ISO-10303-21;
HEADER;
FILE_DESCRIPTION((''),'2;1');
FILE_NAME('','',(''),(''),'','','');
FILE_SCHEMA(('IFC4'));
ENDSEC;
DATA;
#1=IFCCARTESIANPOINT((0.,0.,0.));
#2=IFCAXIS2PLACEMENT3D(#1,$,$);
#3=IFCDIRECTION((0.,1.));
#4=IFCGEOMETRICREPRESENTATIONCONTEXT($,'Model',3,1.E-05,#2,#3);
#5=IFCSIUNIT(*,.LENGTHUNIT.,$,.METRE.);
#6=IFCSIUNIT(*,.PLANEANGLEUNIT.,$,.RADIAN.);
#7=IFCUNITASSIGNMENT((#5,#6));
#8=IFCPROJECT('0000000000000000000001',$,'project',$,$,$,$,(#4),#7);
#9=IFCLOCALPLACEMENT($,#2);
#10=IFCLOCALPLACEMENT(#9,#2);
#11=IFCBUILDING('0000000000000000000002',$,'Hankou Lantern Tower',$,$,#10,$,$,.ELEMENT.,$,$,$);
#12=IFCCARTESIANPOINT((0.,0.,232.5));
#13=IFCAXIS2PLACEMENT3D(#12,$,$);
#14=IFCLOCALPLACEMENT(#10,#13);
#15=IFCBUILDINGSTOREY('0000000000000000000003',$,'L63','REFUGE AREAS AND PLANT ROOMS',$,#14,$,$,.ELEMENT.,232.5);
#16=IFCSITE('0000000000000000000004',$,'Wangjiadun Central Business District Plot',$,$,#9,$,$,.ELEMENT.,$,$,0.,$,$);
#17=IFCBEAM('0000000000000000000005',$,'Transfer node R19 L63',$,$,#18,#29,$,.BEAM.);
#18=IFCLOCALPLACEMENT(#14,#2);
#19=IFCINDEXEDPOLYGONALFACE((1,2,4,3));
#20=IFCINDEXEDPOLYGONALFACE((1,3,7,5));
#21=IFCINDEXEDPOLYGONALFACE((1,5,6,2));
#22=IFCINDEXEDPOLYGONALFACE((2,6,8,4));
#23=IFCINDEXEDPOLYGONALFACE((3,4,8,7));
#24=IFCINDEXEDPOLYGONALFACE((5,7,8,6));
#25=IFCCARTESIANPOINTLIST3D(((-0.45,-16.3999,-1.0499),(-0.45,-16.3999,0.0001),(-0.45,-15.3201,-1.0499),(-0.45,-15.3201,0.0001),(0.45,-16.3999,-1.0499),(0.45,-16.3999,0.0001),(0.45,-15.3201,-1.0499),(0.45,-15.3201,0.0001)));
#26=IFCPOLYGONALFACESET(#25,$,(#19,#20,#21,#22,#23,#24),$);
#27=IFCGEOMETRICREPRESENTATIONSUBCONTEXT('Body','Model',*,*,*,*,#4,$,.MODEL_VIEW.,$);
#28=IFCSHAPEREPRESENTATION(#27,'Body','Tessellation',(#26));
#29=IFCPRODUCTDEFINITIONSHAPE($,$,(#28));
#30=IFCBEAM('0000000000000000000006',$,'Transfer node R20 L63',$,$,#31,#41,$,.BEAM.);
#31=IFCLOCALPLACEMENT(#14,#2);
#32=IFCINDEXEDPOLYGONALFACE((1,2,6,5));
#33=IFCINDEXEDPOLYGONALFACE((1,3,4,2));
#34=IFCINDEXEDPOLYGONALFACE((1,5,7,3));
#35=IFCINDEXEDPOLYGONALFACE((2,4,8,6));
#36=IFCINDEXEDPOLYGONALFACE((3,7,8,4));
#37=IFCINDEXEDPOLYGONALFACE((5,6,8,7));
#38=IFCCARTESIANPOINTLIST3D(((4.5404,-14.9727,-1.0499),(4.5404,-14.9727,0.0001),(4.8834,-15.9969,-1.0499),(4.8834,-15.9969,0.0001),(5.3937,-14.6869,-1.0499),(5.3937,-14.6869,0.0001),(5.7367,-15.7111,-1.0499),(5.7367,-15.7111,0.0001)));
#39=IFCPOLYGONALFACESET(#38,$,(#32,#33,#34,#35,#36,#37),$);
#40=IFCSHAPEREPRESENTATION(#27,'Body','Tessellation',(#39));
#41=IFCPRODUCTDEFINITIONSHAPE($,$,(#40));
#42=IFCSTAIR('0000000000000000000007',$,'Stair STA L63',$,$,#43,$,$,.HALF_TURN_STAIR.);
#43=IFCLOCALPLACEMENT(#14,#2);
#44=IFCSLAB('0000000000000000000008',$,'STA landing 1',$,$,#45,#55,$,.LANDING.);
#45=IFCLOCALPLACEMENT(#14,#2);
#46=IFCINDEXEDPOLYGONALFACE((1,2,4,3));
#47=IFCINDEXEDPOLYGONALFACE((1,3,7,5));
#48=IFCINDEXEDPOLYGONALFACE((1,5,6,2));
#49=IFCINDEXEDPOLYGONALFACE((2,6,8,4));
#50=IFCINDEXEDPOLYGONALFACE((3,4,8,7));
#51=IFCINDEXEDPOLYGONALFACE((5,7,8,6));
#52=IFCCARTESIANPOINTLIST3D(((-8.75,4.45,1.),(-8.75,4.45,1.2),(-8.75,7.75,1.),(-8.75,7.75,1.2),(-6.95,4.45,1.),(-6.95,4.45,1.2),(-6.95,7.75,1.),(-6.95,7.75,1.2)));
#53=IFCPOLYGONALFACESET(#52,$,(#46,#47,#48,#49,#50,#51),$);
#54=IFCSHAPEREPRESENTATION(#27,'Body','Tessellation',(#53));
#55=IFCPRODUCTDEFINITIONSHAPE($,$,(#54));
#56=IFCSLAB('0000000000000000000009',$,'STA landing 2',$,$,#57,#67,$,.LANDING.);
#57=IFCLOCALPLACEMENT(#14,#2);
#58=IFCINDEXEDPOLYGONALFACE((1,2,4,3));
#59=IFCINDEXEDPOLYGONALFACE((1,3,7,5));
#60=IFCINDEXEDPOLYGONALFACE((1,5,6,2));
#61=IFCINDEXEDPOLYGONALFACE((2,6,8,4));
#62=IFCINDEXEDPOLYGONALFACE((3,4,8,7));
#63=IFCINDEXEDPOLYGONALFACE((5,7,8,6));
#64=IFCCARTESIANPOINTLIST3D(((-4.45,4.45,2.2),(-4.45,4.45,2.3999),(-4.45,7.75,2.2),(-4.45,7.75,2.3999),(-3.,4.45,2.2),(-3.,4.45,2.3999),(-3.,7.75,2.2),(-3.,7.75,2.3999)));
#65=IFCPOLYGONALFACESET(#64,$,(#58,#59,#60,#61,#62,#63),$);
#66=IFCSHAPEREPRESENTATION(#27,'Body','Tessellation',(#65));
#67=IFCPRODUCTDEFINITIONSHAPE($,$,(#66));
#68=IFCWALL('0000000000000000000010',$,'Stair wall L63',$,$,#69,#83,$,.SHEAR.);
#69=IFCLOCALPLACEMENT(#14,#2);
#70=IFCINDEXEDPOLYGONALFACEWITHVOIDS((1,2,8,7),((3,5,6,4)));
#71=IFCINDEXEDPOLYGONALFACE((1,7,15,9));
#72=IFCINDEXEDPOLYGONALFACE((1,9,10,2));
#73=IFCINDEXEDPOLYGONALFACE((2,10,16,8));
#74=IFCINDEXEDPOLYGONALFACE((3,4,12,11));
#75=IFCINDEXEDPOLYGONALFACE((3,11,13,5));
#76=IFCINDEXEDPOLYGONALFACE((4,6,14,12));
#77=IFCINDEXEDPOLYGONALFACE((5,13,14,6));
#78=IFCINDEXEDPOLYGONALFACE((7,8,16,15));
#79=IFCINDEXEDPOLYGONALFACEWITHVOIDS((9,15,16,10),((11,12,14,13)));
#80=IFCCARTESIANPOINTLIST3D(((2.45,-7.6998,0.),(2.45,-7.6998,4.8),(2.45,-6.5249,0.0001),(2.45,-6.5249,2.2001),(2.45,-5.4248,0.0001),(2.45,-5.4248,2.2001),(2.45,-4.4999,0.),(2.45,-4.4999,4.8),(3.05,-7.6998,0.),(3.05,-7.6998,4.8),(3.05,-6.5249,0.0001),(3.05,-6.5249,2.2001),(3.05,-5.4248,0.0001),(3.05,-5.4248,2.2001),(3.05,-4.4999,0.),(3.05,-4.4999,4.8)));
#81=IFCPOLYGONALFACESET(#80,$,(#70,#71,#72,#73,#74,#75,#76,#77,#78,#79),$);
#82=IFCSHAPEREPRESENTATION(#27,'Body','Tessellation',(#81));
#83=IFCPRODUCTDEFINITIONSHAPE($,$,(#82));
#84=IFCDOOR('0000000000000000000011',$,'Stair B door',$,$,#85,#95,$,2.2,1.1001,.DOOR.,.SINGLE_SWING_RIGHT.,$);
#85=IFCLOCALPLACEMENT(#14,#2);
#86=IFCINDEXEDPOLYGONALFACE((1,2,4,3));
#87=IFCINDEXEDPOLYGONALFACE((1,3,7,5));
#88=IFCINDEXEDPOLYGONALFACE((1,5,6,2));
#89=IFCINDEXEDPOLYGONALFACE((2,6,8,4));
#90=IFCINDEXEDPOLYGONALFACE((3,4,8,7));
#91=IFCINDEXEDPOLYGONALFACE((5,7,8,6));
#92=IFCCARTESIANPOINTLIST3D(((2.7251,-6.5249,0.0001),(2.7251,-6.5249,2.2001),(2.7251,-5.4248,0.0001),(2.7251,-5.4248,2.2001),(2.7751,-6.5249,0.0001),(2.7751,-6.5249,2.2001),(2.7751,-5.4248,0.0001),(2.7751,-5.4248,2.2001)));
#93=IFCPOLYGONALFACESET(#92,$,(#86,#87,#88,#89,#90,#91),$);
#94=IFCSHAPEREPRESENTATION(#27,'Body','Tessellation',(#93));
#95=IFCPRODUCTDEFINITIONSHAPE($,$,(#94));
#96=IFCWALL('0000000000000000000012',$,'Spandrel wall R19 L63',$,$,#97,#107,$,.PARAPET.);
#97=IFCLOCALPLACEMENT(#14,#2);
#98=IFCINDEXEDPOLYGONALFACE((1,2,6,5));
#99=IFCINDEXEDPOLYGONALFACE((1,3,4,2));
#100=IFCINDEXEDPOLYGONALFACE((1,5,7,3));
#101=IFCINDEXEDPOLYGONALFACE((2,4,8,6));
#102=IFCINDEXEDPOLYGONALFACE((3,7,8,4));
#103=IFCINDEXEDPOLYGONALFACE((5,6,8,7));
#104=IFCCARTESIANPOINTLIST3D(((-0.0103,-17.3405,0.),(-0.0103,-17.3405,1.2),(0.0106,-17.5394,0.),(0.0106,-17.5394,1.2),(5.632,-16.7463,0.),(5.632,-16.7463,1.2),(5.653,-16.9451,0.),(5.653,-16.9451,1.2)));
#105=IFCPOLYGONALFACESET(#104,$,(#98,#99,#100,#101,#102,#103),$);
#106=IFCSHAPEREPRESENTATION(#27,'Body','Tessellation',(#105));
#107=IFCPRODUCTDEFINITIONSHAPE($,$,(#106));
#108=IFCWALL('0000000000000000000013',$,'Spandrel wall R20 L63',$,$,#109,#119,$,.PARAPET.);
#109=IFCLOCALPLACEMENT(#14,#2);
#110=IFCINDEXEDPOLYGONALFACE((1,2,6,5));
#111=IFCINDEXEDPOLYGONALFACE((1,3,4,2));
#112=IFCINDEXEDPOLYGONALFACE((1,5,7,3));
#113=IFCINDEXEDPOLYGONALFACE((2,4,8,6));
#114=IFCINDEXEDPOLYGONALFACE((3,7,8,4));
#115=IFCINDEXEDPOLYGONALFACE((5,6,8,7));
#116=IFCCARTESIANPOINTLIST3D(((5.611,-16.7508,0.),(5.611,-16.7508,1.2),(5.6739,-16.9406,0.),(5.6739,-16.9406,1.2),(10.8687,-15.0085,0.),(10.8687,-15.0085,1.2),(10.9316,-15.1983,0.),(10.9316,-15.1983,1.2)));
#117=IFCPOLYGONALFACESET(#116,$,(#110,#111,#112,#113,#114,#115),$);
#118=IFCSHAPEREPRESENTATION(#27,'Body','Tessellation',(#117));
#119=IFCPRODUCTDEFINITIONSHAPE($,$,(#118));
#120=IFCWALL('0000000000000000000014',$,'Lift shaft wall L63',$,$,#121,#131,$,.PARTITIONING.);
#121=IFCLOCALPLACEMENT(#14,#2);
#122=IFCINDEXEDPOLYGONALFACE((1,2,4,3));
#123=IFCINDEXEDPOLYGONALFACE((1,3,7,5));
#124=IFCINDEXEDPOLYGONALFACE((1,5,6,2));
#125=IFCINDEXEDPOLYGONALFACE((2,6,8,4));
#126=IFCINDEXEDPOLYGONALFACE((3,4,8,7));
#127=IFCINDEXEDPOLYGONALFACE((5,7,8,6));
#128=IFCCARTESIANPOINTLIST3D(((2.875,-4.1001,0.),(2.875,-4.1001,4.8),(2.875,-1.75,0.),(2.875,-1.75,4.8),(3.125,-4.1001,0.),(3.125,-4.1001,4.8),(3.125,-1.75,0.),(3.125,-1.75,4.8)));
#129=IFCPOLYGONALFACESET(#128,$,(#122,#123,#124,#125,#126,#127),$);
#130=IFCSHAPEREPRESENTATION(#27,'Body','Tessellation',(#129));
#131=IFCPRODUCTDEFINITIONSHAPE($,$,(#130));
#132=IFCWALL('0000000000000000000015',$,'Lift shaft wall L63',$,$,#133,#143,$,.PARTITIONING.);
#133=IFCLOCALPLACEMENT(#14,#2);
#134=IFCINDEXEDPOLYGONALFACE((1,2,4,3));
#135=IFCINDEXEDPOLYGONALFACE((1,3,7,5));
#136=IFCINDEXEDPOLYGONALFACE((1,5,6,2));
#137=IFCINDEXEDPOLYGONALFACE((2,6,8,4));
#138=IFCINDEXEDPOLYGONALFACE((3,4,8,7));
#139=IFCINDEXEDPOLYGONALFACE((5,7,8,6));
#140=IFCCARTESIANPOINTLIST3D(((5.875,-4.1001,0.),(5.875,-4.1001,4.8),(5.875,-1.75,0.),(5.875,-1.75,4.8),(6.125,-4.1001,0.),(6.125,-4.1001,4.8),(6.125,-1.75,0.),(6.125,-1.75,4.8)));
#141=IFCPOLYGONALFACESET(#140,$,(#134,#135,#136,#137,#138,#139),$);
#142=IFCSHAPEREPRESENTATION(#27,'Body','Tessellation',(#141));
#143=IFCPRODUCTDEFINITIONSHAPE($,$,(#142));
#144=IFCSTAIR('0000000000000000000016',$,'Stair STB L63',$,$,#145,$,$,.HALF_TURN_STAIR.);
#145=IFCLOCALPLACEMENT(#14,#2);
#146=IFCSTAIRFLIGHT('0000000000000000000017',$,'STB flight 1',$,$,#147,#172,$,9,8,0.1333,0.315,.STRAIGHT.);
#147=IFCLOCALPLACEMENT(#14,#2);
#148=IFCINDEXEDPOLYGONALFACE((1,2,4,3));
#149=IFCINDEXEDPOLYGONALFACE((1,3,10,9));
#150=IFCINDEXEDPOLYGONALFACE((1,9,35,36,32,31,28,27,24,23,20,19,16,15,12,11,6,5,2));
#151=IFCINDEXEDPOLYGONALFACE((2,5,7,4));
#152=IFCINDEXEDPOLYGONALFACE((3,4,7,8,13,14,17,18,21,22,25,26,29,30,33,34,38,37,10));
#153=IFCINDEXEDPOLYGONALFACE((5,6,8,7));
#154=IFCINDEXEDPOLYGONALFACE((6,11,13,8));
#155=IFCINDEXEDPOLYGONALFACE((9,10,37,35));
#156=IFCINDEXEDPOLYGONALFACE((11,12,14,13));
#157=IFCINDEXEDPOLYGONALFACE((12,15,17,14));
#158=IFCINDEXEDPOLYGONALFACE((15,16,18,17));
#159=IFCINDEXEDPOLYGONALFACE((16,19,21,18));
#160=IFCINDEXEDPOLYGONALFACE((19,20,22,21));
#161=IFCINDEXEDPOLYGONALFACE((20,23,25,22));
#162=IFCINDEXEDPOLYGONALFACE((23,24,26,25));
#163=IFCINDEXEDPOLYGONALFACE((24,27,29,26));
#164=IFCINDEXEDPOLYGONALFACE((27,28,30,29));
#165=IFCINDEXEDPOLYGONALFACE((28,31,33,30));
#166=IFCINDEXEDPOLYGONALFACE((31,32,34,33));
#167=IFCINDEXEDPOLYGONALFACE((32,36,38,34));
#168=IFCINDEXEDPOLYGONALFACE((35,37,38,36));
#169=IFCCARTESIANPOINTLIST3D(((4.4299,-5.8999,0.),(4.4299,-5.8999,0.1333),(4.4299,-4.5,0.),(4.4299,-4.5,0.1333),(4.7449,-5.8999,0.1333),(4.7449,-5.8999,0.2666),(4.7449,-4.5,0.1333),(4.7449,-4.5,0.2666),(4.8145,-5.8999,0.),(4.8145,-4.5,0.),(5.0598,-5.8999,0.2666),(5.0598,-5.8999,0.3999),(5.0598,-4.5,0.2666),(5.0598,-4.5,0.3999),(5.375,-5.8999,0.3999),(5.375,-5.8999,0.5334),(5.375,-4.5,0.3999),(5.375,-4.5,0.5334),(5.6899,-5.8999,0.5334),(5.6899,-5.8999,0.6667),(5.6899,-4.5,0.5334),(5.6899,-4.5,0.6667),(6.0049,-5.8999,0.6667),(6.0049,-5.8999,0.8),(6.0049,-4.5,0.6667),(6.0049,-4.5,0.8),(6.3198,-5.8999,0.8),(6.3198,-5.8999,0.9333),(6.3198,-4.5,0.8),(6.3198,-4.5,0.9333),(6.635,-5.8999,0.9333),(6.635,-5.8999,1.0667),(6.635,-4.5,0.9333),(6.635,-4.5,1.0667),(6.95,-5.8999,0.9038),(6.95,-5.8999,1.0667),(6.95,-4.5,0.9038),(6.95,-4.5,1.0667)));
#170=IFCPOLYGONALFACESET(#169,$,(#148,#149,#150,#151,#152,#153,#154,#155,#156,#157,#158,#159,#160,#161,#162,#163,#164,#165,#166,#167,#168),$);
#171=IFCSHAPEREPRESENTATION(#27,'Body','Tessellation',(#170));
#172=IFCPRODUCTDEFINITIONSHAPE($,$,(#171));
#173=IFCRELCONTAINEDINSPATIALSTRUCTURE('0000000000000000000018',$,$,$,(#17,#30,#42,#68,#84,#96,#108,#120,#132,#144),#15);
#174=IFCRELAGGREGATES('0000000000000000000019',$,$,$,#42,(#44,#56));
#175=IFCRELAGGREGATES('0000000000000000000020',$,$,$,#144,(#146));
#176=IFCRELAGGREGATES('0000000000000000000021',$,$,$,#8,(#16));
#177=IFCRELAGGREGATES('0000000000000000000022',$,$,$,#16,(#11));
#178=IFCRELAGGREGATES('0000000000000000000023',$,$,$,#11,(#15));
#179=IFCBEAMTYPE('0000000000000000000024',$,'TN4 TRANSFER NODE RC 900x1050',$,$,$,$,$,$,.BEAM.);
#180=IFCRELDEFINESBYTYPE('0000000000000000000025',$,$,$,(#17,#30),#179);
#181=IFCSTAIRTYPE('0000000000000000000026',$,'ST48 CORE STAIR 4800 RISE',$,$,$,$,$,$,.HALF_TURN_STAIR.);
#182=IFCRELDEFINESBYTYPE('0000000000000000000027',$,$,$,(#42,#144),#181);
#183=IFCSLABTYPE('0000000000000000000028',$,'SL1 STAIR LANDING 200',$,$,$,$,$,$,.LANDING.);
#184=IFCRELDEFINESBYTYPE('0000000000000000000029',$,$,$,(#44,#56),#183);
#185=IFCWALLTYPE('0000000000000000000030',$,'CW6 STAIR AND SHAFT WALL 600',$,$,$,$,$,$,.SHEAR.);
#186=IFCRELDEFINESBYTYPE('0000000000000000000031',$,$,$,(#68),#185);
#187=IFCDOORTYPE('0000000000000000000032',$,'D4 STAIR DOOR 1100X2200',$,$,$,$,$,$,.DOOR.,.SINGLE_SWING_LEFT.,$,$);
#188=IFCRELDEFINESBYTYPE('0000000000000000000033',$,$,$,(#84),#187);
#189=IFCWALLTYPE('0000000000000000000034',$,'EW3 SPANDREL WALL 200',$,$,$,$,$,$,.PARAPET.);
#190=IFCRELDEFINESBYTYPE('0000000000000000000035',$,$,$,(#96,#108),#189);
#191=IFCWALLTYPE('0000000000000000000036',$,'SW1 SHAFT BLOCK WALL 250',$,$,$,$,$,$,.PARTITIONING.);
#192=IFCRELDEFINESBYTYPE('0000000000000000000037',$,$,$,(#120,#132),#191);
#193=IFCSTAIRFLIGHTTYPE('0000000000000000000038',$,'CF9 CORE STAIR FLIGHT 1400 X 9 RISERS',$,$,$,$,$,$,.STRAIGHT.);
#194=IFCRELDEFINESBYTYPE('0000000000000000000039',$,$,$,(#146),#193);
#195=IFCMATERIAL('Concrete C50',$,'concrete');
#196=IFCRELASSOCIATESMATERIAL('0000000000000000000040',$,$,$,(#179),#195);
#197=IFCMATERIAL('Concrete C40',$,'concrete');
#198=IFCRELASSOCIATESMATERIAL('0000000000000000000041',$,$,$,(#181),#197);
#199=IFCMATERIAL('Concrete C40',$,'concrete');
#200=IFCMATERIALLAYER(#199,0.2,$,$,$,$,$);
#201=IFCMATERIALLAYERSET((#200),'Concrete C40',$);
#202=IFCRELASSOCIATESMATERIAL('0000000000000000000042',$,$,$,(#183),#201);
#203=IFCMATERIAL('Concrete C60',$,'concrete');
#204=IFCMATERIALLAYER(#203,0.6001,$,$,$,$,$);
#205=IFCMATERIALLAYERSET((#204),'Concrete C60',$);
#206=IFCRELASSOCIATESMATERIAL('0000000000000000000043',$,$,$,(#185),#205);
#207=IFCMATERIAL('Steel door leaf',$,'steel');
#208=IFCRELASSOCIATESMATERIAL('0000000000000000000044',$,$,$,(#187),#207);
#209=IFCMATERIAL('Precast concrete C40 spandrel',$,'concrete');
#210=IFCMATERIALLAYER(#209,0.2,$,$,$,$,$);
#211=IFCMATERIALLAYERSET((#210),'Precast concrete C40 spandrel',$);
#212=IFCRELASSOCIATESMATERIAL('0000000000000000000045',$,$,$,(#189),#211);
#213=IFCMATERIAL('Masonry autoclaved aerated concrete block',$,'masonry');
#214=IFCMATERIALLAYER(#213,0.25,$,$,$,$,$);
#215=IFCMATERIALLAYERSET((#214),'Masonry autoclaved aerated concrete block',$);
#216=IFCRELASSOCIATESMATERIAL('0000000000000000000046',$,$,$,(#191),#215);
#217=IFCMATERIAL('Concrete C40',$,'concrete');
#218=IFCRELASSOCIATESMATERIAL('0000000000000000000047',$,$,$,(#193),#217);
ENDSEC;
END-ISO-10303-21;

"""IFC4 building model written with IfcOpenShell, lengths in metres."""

from ifc_helpers import new_model, si_unit, direction, frame, frame_2d, origin, origin_2d, place, context, subcontext, project, spatial, polyline, rectangle, outline, extrude, material, layer, layer_set, material_profile, profile_set, type_object, element, fill, aggregate, save


model = new_model("IFC4")

# Units and contexts
model_context = context("Model", 3, precision=1e-05, world=origin(), true_north=direction((0.0, 1.0)))
body_context = subcontext(model_context, "Body", "Model", "MODEL_VIEW")
ifc_project = project(units=[si_unit("LENGTHUNIT", "METRE"), si_unit("PLANEANGLEUNIT", "RADIAN")], contexts=[model_context])

# Site, building, storey
site_placement = place(None, origin())
site = spatial("IfcSite", under=ifc_project, at=site_placement, Name="Wangjiadun Central Business District Plot", CompositionType="ELEMENT", RefElevation=0.0)
building_placement = place(site_placement, origin())
building = spatial("IfcBuilding", under=site, at=building_placement, Name="Hankou Lantern Tower", CompositionType="ELEMENT")
storey_placement = place(building_placement, frame((0.0, 0.0, 232.5)))
storey = spatial("IfcBuildingStorey", under=building, at=storey_placement, Name="L63", Description="REFUGE AREAS AND PLANT ROOMS", CompositionType="ELEMENT", Elevation=232.5)

# Beams
ifc_material_1 = material(Name="Concrete C50", Category="concrete")
ifc_material_profile_1 = material_profile(ifc_material_1, rectangle(XDim=0.8999, YDim=1.05, at=origin_2d()), Name="RC 900x1050")
ifc_profile_set_1 = profile_set([ifc_material_profile_1], Name="Concrete C50")
beam_type_1 = type_object("IfcBeamType", Name="TN4 TRANSFER NODE RC 900x1050", PredefinedType="BEAM", material=ifc_profile_set_1)
beam_1_placement = place(storey_placement, frame((0.0, -16.3999, -0.5249), z_axis=(0.0, 1.0, 0.0), x_axis=(-1.0, 0.0, 0.0)))
element("IfcBeam", 1, at=beam_1_placement, inside=storey, type_object=beam_type_1, Name="Transfer node R19 L63", PredefinedType="BEAM", context=body_context, shape_type="SweptSolid", body=[
    extrude(rectangle(XDim=0.8999, YDim=1.05, at=origin_2d()), origin(), (0.0, 0.0, 1.0), 1.0798),
])
beam_2_placement = place(storey_placement, frame((5.3101, -15.854, -0.5249), z_axis=(-0.317584, 0.94823, 0.0), x_axis=(-0.94823, -0.317584, 0.0)))
element("IfcBeam", 2, at=beam_2_placement, inside=storey, type_object=beam_type_1, Name="Transfer node R20 L63", PredefinedType="BEAM", context=body_context, shape_type="SweptSolid", body=[
    extrude(rectangle(XDim=0.8999, YDim=1.05, at=origin_2d()), origin(), (0.0, 0.0, 1.0), 1.0801),
])

# Stair, slabs
ifc_material_2 = material(Name="Concrete C40", Category="concrete")
stair_type = type_object("IfcStairType", Name="ST48 CORE STAIR 4800 RISE", PredefinedType="HALF_TURN_STAIR", material=ifc_material_2)
stair_1_placement = place(storey_placement, origin())
stair_1 = element("IfcStair", 3, at=stair_1_placement, inside=storey, type_object=stair_type, Name="Stair STA L63", PredefinedType="HALF_TURN_STAIR")
ifc_material_3 = material(Name="Concrete C40", Category="concrete")
ifc_layer_1 = layer(ifc_material_3, 0.2)
ifc_layer_set_1 = layer_set([ifc_layer_1], Name="Concrete C40")
slab_type = type_object("IfcSlabType", Name="SL1 STAIR LANDING 200", PredefinedType="LANDING", material=ifc_layer_set_1)
slab_1_placement = place(storey_placement, frame((0.0, 0.0, 1.0)))
slab_1 = element("IfcSlab", 4, at=slab_1_placement, type_object=slab_type, Name="STA landing 1", PredefinedType="LANDING", context=body_context, shape_type="SweptSolid", body=[
    extrude(outline(polyline([(-8.75, 4.45), (-6.95, 4.45), (-6.95, 7.75), (-8.75, 7.75), (-8.75, 4.45)])), origin(), (0.0, 0.0, 1.0), 0.2),
])
slab_2_placement = place(storey_placement, frame((0.0, 0.0, 2.2)))
slab_2 = element("IfcSlab", 5, at=slab_2_placement, type_object=slab_type, Name="STA landing 2", PredefinedType="LANDING", context=body_context, shape_type="SweptSolid", body=[
    extrude(outline(polyline([(-4.45, 4.45), (-3.0, 4.45), (-3.0, 7.75), (-4.45, 7.75), (-4.45, 4.45)])), origin(), (0.0, 0.0, 1.0), 0.2),
])
aggregate(stair_1, [slab_1, slab_2])

# Wall, opening, door
ifc_material_4 = material(Name="Concrete C60", Category="concrete")
ifc_layer_2 = layer(ifc_material_4, 0.6001)
ifc_layer_set_2 = layer_set([ifc_layer_2], Name="Concrete C60")
wall_type_1 = type_object("IfcWallType", Name="CW6 STAIR AND SHAFT WALL 600", PredefinedType="SHEAR", material=ifc_layer_set_2)
wall_1_placement = place(storey_placement, frame((2.75, -7.7, 0.0), z_axis=(0.0, 0.0, 1.0), x_axis=(0.0, 1.0, 0.0)))
wall_1 = element("IfcWall", 6, at=wall_1_placement, inside=storey, type_object=wall_type_1, Name="Stair wall L63", PredefinedType="SHEAR", context=body_context, shape_type="SweptSolid", body=[
    extrude(rectangle(XDim=3.2, YDim=0.6001, at=frame_2d((1.6001, 0.0))), origin(), (0.0, 0.0, 1.0), 4.8),
])
opening_placement = place(wall_1_placement, frame((1.175, 0.0, 0.0)))
opening = element("IfcOpeningElement", 7, at=opening_placement, cuts=wall_1, PredefinedType="OPENING", context=body_context, shape_type="SweptSolid", body=[
    extrude(rectangle(XDim=1.1001, YDim=2.2, at=frame_2d((0.55, 1.1001))), frame((0.0, 0.3101, 0.0), z_axis=(0.0, -1.0, 0.0), x_axis=(1.0, 0.0, 0.0)), (0.0, 0.0, 1.0), 0.6201),
])
ifc_material_5 = material(Name="Steel door leaf", Category="steel")
door_type = type_object("IfcDoorType", Name="D4 STAIR DOOR 1100X2200", OperationType="SINGLE_SWING_LEFT", PredefinedType="DOOR", material=ifc_material_5)
door_placement = place(opening_placement, origin())
door = element("IfcDoor", 8, at=door_placement, inside=storey, type_object=door_type, Name="Stair B door", OperationType="SINGLE_SWING_RIGHT", OverallHeight=2.2, OverallWidth=1.1001, PredefinedType="DOOR", context=body_context, shape_type="SweptSolid", body=[
    extrude(rectangle(XDim=1.1001, YDim=2.2, at=frame_2d((0.55, 1.1001))), frame((0.0, 0.0249, 0.0), z_axis=(0.0, -1.0, 0.0), x_axis=(1.0, 0.0, 0.0)), (0.0, 0.0, 1.0), 0.05),
])
fill(opening, door)

# Walls
ifc_material_6 = material(Name="Precast concrete C40 spandrel", Category="concrete")
ifc_layer_3 = layer(ifc_material_6, 0.2)
ifc_layer_set_3 = layer_set([ifc_layer_3], Name="Precast concrete C40 spandrel")
wall_type_2 = type_object("IfcWallType", Name="EW3 SPANDREL WALL 200", PredefinedType="PARAPET", material=ifc_layer_set_3)
wall_2_placement = place(storey_placement, frame((0.0, -17.4399, 0.0), z_axis=(0.0, 0.0, 1.0), x_axis=(0.9945, 0.104739, 0.0)))
element("IfcWall", 9, at=wall_2_placement, inside=storey, type_object=wall_type_2, Name="Spandrel wall R19 L63", PredefinedType="PARAPET", context=body_context, shape_type="SweptSolid", body=[
    extrude(rectangle(XDim=5.6736, YDim=0.2, at=frame_2d((2.8369, 0.0))), origin(), (0.0, 0.0, 1.0), 1.2),
])
wall_3_placement = place(storey_placement, frame((5.6423, -16.8457, 0.0), z_axis=(0.0, 0.0, 1.0), x_axis=(0.949242, 0.314548, 0.0)))
element("IfcWall", 10, at=wall_3_placement, inside=storey, type_object=wall_type_2, Name="Spandrel wall R20 L63", PredefinedType="PARAPET", context=body_context, shape_type="SweptSolid", body=[
    extrude(rectangle(XDim=5.5388, YDim=0.2, at=frame_2d((2.7695, 0.0))), origin(), (0.0, 0.0, 1.0), 1.2),
])
ifc_material_7 = material(Name="Masonry autoclaved aerated concrete block", Category="masonry")
ifc_layer_4 = layer(ifc_material_7, 0.25)
ifc_layer_set_4 = layer_set([ifc_layer_4], Name="Masonry autoclaved aerated concrete block")
wall_type_3 = type_object("IfcWallType", Name="SW1 SHAFT BLOCK WALL 250", PredefinedType="PARTITIONING", material=ifc_layer_set_4)
for number, where, z_axis, x_axis, name in (
    (11, (3.0, -4.1001, 0.0), (0.0, 0.0, 1.0), (0.0, 1.0, 0.0), "Lift shaft wall L63"),
    (12, (6.0, -4.1001, 0.0), (0.0, 0.0, 1.0), (0.0, 1.0, 0.0), "Lift shaft wall L63"),
):
    element("IfcWall", number, at=place(storey_placement, frame(where, z_axis=z_axis, x_axis=x_axis)), inside=storey, type_object=wall_type_3, Name=name, PredefinedType="PARTITIONING", context=body_context, shape_type="SweptSolid", body=[
        extrude(rectangle(XDim=2.3501, YDim=0.25, at=frame_2d((1.175, 0.0))), origin(), (0.0, 0.0, 1.0), 4.8),
    ])

# Stair, stair flight
stair_2_placement = place(storey_placement, origin())
stair_2 = element("IfcStair", 13, at=stair_2_placement, inside=storey, type_object=stair_type, Name="Stair STB L63", PredefinedType="HALF_TURN_STAIR")
ifc_material_8 = material(Name="Concrete C40", Category="concrete")
stair_flight_type = type_object("IfcStairFlightType", Name="CF9 CORE STAIR FLIGHT 1400 X 9 RISERS", PredefinedType="STRAIGHT", material=ifc_material_8)
stair_flight_1_placement = place(storey_placement, frame((4.4299, -5.2, 0.0), z_axis=(0.0, 0.0, 1.0), x_axis=(1.0, 0.0, 0.0)))
stair_flight_1 = element("IfcStairFlight", 14, at=stair_flight_1_placement, type_object=stair_flight_type, Name="STB flight 1", NumberOfRisers=9, NumberOfTreads=8, PredefinedType="STRAIGHT", RiserHeight=0.1333, TreadLength=0.315, context=body_context, shape_type="SweptSolid", body=[
    extrude(outline(polyline([(0.0, 0.0), (0.0, 0.1333), (0.3149, 0.1333), (0.3149, 0.2666), (0.6299, 0.2666), (0.6299, 0.3999), (0.9451, 0.3999), (0.9451, 0.5334), (1.26, 0.5334), (1.26, 0.6667), (1.575, 0.6667), (1.575, 0.8), (1.8899, 0.8), (1.8899, 0.9333), (2.2051, 0.9333), (2.2051, 1.0667), (2.52, 1.0667), (2.52, 1.2), (2.52, 0.9038), (0.3845, 0.0), (0.0, 0.0)])), frame((0.0, 0.7, 0.0), z_axis=(0.0, -1.0, 0.0), x_axis=(1.0, 0.0, 0.0)), (0.0, 0.0, 1.0), 1.3999),
])
aggregate(stair_2, [stair_flight_1])

save(model, "model.ifc")
